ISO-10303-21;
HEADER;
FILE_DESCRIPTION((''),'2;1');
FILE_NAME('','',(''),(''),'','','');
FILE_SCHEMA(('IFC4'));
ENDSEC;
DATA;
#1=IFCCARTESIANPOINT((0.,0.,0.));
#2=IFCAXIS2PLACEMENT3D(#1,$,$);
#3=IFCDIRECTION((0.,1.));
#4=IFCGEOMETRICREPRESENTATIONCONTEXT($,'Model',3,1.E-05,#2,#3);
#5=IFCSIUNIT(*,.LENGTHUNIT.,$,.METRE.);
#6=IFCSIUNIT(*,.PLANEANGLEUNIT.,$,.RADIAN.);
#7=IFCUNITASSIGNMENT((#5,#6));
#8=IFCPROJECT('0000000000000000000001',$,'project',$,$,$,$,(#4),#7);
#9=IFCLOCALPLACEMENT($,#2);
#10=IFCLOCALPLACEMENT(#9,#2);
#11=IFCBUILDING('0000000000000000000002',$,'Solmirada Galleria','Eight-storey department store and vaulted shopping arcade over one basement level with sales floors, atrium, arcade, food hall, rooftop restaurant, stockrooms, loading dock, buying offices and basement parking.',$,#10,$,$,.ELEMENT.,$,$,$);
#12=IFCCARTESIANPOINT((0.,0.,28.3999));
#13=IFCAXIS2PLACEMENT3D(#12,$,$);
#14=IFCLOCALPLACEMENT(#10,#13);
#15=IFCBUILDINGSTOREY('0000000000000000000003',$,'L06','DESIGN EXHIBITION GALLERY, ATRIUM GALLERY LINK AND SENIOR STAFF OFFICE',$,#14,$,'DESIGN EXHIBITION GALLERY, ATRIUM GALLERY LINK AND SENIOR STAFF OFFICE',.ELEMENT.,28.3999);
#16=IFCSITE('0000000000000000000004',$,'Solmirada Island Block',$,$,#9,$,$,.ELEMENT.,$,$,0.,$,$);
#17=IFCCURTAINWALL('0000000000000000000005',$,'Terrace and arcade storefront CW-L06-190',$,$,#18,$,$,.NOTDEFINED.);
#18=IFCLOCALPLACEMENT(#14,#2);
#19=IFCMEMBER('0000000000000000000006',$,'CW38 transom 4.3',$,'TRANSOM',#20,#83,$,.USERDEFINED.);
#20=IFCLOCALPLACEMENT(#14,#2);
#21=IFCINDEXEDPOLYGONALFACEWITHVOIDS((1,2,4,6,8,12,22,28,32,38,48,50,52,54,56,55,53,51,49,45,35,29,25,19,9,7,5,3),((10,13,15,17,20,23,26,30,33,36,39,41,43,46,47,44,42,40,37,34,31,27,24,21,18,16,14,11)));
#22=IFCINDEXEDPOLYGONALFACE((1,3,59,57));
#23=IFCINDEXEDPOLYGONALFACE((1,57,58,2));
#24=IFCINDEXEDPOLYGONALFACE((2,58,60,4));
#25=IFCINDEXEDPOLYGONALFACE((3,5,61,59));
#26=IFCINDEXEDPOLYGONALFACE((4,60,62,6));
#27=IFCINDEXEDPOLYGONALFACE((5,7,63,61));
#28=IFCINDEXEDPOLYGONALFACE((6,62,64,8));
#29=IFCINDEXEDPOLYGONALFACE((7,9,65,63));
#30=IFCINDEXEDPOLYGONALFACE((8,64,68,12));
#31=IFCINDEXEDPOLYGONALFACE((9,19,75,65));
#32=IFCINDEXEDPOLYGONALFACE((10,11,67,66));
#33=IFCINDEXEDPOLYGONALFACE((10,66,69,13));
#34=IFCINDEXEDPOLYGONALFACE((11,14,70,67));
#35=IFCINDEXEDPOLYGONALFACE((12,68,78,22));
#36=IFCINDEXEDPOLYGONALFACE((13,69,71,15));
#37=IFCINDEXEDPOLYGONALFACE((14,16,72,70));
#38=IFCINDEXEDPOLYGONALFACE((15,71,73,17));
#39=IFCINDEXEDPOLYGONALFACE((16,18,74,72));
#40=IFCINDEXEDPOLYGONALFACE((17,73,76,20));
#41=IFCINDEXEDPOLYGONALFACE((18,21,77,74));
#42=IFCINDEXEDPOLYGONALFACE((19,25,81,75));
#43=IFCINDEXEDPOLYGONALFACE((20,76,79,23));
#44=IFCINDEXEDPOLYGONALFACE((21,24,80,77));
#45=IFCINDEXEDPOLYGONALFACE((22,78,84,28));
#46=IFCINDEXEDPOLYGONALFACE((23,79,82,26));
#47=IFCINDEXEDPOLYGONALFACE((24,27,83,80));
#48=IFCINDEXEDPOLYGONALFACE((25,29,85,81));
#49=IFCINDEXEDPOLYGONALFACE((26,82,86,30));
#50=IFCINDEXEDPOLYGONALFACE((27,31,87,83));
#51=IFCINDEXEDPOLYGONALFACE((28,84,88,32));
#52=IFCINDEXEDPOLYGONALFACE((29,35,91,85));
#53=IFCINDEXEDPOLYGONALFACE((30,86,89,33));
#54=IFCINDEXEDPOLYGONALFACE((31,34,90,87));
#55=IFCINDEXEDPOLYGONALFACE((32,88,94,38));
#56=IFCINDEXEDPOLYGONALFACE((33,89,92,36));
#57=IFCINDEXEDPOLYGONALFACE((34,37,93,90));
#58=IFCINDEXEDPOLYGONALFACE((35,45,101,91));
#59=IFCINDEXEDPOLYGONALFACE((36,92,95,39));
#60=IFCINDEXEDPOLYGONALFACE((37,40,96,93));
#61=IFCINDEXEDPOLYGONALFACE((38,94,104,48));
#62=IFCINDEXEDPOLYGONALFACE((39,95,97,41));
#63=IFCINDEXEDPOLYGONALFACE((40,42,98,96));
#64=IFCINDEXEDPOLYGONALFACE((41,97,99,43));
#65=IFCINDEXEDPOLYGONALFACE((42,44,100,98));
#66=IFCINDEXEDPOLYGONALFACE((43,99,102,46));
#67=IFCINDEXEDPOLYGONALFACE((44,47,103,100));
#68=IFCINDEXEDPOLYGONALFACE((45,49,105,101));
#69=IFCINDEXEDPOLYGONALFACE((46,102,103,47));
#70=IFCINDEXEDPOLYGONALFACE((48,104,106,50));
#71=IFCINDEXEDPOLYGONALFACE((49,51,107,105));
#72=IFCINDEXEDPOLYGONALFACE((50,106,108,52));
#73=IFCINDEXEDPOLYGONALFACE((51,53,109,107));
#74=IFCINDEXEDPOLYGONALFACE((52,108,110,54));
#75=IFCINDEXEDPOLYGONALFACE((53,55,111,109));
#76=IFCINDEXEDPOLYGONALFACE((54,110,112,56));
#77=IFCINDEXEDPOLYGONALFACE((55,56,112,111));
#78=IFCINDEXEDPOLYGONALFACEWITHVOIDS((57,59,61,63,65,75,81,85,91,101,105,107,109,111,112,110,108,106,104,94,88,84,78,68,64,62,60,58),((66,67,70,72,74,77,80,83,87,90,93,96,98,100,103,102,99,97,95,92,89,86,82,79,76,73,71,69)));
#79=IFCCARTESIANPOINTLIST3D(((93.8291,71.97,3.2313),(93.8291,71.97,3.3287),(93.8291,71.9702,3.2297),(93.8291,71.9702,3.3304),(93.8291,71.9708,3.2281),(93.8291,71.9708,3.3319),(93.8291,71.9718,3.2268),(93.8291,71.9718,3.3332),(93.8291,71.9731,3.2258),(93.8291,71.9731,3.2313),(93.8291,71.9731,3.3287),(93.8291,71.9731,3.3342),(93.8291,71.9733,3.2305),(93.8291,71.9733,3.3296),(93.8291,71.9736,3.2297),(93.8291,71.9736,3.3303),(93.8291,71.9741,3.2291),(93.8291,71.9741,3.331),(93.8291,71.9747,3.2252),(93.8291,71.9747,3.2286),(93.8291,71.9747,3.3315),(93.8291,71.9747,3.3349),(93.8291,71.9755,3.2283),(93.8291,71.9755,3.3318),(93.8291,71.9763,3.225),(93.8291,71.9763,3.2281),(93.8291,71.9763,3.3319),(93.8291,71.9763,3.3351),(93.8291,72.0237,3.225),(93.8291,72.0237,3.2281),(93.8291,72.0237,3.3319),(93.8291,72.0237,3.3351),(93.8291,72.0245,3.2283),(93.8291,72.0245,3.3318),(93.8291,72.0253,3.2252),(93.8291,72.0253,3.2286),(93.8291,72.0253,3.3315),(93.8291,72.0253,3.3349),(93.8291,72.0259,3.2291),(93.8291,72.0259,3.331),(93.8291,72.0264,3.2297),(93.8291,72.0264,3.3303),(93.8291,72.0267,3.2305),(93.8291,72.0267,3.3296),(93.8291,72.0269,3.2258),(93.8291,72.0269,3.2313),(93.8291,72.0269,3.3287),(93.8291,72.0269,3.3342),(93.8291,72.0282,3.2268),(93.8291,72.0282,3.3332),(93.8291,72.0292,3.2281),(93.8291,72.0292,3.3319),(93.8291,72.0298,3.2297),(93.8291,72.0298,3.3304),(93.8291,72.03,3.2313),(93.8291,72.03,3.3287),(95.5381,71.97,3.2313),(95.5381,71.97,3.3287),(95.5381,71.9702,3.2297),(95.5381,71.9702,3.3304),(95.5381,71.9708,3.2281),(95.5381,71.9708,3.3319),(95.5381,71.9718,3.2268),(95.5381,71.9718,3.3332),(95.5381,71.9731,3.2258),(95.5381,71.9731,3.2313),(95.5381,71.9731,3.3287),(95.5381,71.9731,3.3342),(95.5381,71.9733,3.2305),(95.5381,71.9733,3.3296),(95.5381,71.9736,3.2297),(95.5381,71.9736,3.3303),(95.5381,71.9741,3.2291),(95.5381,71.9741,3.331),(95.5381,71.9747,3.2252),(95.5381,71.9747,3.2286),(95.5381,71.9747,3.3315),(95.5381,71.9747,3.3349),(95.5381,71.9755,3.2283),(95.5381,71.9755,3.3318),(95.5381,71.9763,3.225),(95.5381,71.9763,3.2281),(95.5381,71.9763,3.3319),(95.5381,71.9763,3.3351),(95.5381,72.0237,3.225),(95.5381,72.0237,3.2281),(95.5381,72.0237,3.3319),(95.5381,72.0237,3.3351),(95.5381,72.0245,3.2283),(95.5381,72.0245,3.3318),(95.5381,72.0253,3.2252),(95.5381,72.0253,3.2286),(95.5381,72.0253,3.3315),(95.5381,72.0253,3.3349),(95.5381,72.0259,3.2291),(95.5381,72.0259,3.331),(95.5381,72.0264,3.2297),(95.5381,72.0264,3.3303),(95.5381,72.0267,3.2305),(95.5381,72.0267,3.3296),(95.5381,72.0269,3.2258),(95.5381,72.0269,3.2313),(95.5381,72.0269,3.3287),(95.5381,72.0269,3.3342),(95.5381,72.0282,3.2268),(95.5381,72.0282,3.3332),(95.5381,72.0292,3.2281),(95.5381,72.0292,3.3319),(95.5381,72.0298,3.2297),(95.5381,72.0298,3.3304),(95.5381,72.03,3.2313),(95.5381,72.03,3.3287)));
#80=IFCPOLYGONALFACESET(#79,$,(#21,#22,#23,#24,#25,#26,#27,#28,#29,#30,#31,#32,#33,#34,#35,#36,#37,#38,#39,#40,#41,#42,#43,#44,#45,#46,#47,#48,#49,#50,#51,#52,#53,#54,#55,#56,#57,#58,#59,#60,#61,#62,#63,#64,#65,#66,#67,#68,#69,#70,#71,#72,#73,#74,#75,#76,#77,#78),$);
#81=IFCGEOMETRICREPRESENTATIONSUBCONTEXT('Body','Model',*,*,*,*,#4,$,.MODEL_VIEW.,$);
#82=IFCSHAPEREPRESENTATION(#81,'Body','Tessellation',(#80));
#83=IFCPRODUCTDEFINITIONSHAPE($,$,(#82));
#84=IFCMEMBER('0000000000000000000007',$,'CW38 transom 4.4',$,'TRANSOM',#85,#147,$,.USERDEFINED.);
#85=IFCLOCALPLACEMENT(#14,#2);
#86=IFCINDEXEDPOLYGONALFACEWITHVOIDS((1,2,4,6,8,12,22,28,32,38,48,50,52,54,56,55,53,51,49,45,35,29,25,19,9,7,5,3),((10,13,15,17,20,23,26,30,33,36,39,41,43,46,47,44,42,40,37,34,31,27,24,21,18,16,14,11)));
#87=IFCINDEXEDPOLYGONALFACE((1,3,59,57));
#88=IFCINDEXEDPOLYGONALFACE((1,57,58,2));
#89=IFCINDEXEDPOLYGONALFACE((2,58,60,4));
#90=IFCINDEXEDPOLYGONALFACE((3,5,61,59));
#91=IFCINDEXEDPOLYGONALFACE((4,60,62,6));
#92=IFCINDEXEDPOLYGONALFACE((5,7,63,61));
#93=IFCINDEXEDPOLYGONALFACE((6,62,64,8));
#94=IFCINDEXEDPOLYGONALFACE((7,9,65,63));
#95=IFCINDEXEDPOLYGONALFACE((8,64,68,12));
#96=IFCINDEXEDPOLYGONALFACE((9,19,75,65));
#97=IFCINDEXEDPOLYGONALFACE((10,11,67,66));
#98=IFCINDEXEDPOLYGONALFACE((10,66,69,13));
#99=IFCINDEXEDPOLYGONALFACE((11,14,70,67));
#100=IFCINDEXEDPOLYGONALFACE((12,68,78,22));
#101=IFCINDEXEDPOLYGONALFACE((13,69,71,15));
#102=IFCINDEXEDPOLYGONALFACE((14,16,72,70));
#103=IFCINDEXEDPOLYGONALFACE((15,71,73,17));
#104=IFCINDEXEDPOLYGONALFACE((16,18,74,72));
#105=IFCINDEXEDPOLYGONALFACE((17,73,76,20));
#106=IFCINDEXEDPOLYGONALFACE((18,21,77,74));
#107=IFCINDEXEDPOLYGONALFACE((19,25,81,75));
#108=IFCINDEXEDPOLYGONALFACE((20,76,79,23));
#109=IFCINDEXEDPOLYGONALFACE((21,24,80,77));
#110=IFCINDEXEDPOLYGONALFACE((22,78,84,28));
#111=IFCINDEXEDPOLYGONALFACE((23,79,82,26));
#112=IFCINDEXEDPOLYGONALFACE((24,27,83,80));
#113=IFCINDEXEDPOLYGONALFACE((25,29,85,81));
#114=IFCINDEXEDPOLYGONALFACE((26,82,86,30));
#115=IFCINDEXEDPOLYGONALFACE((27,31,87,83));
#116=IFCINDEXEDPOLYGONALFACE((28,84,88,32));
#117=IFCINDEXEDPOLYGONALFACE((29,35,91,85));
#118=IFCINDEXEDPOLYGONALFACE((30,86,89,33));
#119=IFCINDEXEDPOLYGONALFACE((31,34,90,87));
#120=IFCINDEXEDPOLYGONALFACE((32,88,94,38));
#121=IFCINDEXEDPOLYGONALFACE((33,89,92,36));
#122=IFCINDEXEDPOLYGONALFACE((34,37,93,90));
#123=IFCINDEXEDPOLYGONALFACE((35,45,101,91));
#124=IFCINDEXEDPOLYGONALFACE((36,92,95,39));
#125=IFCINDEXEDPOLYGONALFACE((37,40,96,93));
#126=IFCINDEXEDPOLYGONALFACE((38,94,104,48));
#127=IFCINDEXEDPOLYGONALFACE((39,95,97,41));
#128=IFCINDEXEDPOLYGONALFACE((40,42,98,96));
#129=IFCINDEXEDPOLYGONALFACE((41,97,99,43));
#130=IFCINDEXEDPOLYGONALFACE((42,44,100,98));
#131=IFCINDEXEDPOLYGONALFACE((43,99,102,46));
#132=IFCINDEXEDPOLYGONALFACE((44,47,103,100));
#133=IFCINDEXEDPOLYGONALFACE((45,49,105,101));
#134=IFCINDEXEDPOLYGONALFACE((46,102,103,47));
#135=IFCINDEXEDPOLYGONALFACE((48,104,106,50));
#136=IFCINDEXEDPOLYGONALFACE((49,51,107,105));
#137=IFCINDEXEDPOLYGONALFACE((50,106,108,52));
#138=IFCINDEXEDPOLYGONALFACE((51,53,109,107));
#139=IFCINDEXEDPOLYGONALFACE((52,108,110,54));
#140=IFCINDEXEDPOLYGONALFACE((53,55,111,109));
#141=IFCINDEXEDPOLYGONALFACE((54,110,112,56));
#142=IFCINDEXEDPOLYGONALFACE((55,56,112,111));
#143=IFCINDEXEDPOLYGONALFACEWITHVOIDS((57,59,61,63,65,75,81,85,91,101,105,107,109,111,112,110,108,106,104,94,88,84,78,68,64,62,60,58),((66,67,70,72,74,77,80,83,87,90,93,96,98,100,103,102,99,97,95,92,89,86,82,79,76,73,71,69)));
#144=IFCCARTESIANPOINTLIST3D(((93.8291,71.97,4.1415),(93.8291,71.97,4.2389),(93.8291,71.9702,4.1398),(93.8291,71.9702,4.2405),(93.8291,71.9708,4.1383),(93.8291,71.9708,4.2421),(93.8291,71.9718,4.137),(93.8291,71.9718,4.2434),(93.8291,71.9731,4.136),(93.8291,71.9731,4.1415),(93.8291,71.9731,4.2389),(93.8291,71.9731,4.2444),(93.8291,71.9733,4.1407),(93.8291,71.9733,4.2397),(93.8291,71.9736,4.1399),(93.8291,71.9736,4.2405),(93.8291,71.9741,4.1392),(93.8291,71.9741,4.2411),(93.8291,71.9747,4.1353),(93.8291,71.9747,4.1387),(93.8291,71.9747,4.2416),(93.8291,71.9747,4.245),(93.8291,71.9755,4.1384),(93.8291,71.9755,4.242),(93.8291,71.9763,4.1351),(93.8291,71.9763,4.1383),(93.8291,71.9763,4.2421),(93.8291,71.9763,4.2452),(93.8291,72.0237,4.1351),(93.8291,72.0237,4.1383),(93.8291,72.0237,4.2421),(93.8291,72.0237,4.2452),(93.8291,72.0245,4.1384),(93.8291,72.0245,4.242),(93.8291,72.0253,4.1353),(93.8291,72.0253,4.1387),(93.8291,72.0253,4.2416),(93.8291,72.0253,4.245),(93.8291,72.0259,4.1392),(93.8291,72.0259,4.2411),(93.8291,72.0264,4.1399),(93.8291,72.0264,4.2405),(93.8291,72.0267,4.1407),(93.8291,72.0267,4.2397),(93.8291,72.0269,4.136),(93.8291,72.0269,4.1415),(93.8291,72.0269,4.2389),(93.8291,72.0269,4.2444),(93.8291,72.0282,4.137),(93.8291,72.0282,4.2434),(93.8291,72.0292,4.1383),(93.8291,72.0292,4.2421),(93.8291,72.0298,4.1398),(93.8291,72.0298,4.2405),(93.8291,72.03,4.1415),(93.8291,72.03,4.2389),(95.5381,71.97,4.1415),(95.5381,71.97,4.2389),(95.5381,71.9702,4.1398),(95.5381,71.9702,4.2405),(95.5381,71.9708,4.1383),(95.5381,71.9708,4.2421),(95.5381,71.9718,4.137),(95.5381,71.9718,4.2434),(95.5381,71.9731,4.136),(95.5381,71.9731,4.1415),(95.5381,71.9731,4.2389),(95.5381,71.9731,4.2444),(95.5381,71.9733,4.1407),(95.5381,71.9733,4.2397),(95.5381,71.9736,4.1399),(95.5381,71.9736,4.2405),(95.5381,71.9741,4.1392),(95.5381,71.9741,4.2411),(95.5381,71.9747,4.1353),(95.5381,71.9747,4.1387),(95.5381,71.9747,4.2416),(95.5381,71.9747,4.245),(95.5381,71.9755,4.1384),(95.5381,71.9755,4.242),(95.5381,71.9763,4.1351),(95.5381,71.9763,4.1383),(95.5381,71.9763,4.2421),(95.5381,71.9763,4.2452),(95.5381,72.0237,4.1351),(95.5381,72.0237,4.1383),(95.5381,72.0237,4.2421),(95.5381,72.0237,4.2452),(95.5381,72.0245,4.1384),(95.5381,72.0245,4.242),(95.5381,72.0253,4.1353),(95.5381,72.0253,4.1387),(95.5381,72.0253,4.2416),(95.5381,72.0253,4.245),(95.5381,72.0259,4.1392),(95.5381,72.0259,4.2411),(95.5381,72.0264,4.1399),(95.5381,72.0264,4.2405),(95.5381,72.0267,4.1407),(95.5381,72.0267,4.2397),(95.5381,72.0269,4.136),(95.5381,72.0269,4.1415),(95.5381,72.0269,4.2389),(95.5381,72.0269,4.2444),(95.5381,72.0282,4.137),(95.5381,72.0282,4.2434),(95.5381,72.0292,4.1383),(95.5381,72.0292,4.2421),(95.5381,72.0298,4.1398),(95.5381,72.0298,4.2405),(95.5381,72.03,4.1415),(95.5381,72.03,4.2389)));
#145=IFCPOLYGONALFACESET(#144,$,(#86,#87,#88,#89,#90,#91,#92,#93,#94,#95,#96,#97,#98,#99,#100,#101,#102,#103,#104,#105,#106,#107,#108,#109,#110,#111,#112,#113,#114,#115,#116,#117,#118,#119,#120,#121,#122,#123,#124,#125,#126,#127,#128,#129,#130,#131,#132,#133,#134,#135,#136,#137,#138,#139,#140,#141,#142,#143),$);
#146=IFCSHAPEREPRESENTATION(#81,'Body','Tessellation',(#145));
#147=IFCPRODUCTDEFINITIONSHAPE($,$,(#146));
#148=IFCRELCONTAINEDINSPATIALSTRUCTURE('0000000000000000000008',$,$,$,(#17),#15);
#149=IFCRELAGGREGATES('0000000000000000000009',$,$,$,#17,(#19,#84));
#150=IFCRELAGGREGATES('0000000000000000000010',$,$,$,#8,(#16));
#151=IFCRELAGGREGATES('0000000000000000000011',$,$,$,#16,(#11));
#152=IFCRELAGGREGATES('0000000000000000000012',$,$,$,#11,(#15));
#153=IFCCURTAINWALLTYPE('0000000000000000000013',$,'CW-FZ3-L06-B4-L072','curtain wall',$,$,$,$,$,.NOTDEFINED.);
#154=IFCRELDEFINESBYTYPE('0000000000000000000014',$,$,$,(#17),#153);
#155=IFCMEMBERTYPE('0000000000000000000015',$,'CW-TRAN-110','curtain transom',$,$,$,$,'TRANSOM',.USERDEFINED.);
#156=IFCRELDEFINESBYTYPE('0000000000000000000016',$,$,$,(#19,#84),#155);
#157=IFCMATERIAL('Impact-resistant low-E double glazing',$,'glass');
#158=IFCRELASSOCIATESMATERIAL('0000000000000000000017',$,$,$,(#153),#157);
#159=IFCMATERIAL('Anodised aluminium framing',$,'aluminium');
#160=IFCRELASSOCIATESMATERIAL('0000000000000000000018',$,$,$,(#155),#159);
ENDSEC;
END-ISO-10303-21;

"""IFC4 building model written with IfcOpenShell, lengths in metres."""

from ifc_helpers import new_model, si_unit, direction, frame, origin, origin_2d, place, context, subcontext, project, spatial, hollow_rectangle, extrude, material, material_profile, profile_set, type_object, element, aggregate, save


model = new_model("IFC4")

# Units and contexts
model_context = context("Model", 3, precision=1e-05, world=origin(), true_north=direction((0.0, 1.0)))
body_context = subcontext(model_context, "Body", "Model", "MODEL_VIEW")
ifc_project = project(units=[si_unit("LENGTHUNIT", "METRE"), si_unit("PLANEANGLEUNIT", "RADIAN")], contexts=[model_context])

# Site, building, storey
site_placement = place(None, origin())
site = spatial("IfcSite", under=ifc_project, at=site_placement, Name="Solmirada Island Block", CompositionType="ELEMENT", RefElevation=0.0)
building_placement = place(site_placement, origin())
building = spatial("IfcBuilding", under=site, at=building_placement, Name="Solmirada Galleria", Description="Eight-storey department store and vaulted shopping arcade over one basement level with sales floors, atrium, arcade, food hall, rooftop restaurant, stockrooms, loading dock, buying offices and basement parking.", CompositionType="ELEMENT")
storey_placement = place(building_placement, frame((0.0, 0.0, 28.3999)))
storey = spatial("IfcBuildingStorey", under=building, at=storey_placement, Name="L06", Description="DESIGN EXHIBITION GALLERY, ATRIUM GALLERY LINK AND SENIOR STAFF OFFICE", LongName="DESIGN EXHIBITION GALLERY, ATRIUM GALLERY LINK AND SENIOR STAFF OFFICE", CompositionType="ELEMENT", Elevation=28.3999)

# Curtain wall
ifc_material_1 = material(Name="Impact-resistant low-E double glazing", Category="glass")
curtain_wall_type = type_object("IfcCurtainWallType", Name="CW-FZ3-L06-B4-L072", Description="curtain wall", PredefinedType="NOTDEFINED", material=ifc_material_1)
curtain_wall_1_placement = place(storey_placement, origin())
curtain_wall_1 = element("IfcCurtainWall", 1, at=curtain_wall_1_placement, inside=storey, type_object=curtain_wall_type, Name="Terrace and arcade storefront CW-L06-190", PredefinedType="NOTDEFINED")
ifc_material_2 = material(Name="Anodised aluminium framing", Category="aluminium")

# Members
ifc_material_profile_1 = material_profile(ifc_material_2, hollow_rectangle(XDim=0.0601, YDim=0.1101, WallThickness=0.0032, InnerFilletRadius=0.0032, OuterFilletRadius=0.0063, at=origin_2d()), Name="ALU-TRAN-110X60")
ifc_profile_set_1 = profile_set([ifc_material_profile_1], Name="Anodised aluminium framing")
member_type_1 = type_object("IfcMemberType", Name="CW-TRAN-110", Description="curtain transom", ElementType="TRANSOM", PredefinedType="USERDEFINED", material=ifc_profile_set_1)
member_1_placement = place(storey_placement, frame((93.8291, 72.0, 3.28), z_axis=(1.0, 0.0, 0.0), x_axis=(0.0, 1.0, 0.0)))
member_1 = element("IfcMember", 2, at=member_1_placement, type_object=member_type_1, Name="CW38 transom 4.3", ObjectType="TRANSOM", PredefinedType="USERDEFINED", context=body_context, shape_type="SweptSolid", body=[
    extrude(hollow_rectangle(XDim=0.0601, YDim=0.1101, WallThickness=0.0032, InnerFilletRadius=0.0032, OuterFilletRadius=0.0063, at=origin_2d()), origin(), (0.0, 0.0, 1.0), 1.709),
])
member_2_placement = place(storey_placement, frame((93.8291, 72.0, 4.1902), z_axis=(1.0, 0.0, 0.0), x_axis=(0.0, 1.0, 0.0)))
member_2 = element("IfcMember", 3, at=member_2_placement, type_object=member_type_1, Name="CW38 transom 4.4", ObjectType="TRANSOM", PredefinedType="USERDEFINED", context=body_context, shape_type="SweptSolid", body=[
    extrude(hollow_rectangle(XDim=0.0601, YDim=0.1101, WallThickness=0.0032, InnerFilletRadius=0.0032, OuterFilletRadius=0.0063, at=origin_2d()), origin(), (0.0, 0.0, 1.0), 1.709),
])

aggregate(curtain_wall_1, [member_1, member_2])

save(model, "model.ifc")
